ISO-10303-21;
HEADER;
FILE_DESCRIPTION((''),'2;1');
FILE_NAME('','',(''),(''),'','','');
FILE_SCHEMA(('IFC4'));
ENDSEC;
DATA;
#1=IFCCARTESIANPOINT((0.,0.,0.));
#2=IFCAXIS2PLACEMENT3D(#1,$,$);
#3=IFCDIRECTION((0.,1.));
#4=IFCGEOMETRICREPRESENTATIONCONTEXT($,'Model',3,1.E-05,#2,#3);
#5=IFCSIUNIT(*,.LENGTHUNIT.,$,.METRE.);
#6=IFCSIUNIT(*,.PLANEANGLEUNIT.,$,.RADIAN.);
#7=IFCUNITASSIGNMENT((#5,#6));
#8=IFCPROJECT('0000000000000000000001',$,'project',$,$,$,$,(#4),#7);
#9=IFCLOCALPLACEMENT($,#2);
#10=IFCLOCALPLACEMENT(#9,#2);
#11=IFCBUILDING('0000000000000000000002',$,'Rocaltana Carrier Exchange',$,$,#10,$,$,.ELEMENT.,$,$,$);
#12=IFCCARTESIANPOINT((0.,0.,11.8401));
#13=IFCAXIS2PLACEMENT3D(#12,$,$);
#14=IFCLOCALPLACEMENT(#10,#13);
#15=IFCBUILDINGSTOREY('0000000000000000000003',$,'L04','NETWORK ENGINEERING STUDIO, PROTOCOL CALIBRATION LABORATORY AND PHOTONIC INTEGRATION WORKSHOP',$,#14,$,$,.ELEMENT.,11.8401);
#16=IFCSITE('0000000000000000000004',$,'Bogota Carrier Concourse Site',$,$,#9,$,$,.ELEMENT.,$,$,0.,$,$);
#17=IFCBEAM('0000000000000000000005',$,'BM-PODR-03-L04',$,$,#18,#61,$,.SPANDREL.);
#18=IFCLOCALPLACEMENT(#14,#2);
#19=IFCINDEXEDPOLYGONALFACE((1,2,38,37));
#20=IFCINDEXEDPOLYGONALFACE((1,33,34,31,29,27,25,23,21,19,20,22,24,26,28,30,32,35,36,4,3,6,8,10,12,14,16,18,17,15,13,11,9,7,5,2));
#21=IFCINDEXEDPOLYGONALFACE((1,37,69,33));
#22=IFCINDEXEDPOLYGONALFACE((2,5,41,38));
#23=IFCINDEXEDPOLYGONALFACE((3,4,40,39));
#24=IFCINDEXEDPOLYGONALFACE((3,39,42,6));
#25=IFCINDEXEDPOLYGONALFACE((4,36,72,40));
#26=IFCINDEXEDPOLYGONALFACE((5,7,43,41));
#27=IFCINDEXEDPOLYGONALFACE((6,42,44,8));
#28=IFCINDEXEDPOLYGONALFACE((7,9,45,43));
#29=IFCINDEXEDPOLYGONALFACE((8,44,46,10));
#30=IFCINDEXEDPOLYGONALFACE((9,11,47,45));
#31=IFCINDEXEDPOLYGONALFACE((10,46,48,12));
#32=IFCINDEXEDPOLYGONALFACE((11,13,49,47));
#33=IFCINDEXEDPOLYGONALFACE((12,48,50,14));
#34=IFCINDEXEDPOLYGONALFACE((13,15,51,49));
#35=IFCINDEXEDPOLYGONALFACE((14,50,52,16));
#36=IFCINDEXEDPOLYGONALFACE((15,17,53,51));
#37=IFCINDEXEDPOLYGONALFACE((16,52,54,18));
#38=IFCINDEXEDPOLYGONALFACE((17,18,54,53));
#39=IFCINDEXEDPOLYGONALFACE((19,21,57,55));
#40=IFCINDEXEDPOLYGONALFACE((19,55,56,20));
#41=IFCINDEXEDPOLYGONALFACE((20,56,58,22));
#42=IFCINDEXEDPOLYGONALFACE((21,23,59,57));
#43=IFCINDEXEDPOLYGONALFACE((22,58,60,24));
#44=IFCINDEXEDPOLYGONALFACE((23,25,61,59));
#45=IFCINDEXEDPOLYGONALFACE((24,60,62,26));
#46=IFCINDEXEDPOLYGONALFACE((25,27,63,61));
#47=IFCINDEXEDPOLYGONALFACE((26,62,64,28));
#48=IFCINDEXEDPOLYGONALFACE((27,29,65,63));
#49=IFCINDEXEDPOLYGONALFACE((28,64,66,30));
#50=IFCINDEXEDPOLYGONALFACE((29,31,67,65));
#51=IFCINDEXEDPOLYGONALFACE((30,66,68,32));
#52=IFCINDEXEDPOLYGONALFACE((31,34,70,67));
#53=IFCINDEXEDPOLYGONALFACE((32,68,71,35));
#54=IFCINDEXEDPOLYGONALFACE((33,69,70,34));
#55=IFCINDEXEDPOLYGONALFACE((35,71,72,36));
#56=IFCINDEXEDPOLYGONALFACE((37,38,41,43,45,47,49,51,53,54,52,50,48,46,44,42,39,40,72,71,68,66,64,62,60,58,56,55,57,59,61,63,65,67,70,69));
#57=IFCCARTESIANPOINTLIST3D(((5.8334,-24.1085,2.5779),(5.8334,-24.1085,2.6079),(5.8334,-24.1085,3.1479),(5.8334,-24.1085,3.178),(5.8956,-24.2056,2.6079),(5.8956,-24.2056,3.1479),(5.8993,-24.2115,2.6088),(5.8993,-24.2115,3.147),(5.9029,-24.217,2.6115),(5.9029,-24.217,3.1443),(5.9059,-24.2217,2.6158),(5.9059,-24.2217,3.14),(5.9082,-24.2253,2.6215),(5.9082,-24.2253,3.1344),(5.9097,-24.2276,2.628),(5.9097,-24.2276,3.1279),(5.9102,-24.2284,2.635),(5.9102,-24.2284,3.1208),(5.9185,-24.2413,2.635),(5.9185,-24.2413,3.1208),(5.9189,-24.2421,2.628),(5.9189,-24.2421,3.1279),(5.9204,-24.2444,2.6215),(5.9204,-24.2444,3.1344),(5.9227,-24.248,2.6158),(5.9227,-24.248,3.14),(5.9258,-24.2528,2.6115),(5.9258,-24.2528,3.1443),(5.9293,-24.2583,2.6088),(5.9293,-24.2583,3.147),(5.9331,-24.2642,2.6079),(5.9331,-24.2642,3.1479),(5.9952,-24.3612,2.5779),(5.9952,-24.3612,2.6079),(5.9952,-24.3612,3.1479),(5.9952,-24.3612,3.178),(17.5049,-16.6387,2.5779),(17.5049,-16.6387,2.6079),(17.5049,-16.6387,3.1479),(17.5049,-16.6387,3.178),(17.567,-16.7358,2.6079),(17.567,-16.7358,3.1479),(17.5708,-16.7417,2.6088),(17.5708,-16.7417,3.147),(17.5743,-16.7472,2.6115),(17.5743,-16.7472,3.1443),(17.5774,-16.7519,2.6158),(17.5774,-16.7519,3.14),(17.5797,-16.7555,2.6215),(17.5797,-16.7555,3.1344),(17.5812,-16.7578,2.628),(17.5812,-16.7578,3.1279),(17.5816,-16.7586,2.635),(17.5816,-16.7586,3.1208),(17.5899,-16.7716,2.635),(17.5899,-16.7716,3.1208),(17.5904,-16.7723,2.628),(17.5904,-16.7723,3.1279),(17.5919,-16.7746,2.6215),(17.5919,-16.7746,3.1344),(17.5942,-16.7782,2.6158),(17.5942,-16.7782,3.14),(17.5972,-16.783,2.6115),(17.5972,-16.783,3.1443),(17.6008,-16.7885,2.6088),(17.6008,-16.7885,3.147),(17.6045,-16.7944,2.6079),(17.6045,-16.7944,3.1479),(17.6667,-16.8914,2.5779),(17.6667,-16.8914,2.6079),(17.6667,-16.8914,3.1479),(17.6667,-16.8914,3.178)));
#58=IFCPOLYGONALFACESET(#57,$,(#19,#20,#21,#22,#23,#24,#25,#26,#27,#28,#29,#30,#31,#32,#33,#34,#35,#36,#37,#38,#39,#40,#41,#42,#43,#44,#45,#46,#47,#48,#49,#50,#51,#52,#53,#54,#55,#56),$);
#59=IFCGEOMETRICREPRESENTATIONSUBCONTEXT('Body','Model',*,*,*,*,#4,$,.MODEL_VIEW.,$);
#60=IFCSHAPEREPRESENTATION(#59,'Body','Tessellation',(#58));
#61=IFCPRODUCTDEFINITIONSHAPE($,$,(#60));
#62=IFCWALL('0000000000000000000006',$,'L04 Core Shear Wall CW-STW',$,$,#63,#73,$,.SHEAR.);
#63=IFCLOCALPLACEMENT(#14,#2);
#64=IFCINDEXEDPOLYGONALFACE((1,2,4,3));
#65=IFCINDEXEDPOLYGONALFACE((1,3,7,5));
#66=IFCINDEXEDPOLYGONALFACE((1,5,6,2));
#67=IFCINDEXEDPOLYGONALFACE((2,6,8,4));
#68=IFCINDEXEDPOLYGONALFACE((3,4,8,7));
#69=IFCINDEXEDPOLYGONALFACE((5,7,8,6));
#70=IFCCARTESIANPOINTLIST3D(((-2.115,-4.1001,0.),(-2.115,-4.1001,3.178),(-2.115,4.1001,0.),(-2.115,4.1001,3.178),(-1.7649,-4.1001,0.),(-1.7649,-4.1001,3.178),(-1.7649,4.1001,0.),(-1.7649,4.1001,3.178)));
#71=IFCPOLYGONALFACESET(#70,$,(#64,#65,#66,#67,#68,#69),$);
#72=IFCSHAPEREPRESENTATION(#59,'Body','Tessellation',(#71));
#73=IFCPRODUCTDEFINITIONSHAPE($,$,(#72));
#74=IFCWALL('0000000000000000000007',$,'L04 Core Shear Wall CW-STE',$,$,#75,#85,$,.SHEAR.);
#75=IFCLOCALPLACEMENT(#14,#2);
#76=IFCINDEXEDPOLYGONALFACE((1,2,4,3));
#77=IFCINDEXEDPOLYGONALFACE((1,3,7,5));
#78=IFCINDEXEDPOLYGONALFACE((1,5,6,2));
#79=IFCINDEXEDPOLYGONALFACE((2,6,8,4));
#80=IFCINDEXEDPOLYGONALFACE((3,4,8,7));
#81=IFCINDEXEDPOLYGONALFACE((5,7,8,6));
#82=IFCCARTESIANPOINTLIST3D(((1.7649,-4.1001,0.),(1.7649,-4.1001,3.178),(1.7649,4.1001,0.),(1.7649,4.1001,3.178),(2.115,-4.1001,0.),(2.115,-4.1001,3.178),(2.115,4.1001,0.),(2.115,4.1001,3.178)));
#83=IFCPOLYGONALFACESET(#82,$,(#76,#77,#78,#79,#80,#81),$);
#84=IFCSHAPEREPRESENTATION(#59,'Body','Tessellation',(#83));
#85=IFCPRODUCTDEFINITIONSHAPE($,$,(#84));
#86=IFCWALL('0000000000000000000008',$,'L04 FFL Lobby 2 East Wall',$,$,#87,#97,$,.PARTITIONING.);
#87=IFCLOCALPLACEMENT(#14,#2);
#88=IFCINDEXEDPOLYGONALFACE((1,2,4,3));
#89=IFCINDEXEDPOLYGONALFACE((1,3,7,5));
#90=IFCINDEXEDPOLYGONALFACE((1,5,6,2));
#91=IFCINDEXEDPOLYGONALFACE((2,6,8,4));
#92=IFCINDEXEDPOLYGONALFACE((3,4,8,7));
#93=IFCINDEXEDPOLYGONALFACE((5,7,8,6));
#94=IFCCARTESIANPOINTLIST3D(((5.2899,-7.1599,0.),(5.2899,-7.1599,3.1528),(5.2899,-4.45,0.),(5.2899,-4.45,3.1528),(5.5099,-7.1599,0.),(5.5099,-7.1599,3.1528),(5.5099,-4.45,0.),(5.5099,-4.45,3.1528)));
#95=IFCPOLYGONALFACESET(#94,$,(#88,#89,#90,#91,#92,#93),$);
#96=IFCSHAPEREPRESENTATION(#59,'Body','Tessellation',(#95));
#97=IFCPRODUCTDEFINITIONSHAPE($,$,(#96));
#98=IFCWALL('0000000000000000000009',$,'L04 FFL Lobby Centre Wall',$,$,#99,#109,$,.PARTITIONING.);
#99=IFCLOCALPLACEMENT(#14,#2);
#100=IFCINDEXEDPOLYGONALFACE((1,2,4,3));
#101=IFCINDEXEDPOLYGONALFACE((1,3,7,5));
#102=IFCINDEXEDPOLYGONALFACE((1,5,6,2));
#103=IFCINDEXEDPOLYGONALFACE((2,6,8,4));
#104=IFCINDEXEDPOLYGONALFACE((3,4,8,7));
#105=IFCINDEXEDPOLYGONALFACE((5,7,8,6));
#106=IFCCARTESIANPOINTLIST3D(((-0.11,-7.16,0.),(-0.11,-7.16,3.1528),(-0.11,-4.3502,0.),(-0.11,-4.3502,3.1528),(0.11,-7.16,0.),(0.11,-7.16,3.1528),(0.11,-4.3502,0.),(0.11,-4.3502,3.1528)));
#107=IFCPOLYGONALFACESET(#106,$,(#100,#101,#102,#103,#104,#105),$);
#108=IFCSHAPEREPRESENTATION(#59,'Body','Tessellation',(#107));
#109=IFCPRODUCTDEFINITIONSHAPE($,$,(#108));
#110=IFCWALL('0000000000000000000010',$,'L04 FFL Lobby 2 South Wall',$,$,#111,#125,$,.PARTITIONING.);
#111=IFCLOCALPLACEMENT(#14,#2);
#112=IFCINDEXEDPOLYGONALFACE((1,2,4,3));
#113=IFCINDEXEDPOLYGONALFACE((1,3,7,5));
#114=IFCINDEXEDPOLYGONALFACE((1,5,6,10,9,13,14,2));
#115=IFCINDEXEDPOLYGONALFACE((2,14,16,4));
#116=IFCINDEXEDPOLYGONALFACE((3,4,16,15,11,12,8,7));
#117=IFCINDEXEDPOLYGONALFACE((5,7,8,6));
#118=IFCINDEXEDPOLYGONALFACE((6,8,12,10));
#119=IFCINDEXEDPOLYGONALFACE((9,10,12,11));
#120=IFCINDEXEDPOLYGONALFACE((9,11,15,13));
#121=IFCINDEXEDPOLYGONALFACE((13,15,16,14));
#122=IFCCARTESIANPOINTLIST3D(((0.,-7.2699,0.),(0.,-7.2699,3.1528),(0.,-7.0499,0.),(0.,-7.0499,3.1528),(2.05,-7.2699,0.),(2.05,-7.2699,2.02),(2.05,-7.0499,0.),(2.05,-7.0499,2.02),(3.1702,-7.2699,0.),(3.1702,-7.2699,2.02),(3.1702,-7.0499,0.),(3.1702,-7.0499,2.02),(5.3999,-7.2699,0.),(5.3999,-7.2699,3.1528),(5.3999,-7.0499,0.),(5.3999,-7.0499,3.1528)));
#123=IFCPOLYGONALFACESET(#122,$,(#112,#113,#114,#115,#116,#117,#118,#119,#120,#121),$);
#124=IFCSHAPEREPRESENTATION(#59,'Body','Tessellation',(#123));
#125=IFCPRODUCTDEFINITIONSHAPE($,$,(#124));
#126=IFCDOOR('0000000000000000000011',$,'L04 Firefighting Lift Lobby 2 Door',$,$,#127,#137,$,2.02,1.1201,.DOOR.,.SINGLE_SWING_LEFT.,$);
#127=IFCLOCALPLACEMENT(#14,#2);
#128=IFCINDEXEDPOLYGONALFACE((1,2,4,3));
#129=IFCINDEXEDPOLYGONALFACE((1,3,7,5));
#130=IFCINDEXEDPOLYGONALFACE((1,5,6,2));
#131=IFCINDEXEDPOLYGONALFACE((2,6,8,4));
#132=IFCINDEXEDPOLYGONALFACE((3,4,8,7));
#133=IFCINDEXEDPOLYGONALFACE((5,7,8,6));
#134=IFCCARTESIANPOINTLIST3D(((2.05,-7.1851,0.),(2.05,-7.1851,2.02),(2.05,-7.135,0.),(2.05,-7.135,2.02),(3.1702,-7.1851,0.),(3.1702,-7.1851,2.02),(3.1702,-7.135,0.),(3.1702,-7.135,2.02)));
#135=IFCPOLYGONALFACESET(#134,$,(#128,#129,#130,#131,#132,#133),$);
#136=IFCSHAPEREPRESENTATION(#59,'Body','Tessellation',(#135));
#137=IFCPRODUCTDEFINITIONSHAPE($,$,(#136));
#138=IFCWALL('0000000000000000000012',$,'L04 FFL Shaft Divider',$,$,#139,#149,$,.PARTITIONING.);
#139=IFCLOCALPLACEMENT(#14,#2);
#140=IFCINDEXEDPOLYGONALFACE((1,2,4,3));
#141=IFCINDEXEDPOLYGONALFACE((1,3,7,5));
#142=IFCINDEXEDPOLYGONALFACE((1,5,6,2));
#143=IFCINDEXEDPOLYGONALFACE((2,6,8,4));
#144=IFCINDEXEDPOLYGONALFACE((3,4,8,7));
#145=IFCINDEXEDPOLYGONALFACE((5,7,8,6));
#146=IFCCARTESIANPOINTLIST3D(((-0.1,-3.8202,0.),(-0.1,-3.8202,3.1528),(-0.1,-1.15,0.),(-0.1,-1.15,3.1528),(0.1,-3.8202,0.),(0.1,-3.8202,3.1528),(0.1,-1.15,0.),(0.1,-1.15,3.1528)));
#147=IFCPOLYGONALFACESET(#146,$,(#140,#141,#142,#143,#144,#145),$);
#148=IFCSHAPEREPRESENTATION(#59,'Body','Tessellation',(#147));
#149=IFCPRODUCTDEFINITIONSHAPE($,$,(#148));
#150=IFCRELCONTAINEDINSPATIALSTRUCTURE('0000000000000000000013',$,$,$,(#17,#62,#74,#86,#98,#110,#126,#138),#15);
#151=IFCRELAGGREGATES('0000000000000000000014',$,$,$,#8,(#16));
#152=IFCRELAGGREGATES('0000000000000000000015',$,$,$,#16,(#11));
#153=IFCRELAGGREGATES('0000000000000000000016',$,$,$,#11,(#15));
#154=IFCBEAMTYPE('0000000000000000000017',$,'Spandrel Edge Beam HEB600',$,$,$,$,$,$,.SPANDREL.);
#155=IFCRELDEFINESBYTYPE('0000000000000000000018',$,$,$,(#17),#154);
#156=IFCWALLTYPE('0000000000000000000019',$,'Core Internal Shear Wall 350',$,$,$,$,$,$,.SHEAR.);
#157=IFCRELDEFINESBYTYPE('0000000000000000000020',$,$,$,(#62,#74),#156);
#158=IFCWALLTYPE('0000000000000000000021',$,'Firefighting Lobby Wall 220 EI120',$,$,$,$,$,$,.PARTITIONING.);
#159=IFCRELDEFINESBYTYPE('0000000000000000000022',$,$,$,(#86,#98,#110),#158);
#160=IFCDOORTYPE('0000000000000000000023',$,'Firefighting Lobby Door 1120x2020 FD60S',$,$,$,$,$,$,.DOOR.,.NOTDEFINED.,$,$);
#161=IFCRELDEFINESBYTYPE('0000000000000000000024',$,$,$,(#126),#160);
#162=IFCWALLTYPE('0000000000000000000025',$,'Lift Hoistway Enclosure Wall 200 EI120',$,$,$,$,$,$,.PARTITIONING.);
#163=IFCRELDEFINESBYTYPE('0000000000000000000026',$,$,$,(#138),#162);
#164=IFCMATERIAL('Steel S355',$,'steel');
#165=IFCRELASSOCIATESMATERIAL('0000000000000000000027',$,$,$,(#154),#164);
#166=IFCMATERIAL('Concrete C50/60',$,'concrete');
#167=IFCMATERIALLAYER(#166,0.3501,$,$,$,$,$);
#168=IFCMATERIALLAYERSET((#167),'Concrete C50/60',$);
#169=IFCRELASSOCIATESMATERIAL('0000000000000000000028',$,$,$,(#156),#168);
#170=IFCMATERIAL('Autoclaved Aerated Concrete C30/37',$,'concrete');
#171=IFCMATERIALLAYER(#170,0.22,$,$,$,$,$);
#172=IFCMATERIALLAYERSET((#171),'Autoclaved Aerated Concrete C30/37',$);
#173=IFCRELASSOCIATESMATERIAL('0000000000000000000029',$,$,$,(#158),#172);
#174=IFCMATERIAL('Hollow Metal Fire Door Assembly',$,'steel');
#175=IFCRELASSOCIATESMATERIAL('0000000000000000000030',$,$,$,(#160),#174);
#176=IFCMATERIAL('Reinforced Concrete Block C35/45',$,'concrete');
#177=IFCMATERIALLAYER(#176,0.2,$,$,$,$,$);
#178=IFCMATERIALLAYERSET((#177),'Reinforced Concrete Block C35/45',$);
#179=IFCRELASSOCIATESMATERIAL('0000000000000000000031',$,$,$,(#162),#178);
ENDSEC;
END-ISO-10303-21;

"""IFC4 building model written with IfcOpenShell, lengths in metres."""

from ifc_helpers import new_model, si_unit, direction, frame, frame_2d, origin, origin_2d, place, context, subcontext, project, spatial, rectangle, i_section, extrude, material, layer, layer_set, material_profile, profile_set, type_object, element, fill, save


model = new_model("IFC4")

# Units and contexts
model_context = context("Model", 3, precision=1e-05, world=origin(), true_north=direction((0.0, 1.0)))
body_context = subcontext(model_context, "Body", "Model", "MODEL_VIEW")
ifc_project = project(units=[si_unit("LENGTHUNIT", "METRE"), si_unit("PLANEANGLEUNIT", "RADIAN")], contexts=[model_context])

# Site, building, storey
site_placement = place(None, origin())
site = spatial("IfcSite", under=ifc_project, at=site_placement, Name="Bogota Carrier Concourse Site", CompositionType="ELEMENT", RefElevation=0.0)
building_placement = place(site_placement, origin())
building = spatial("IfcBuilding", under=site, at=building_placement, Name="Rocaltana Carrier Exchange", CompositionType="ELEMENT")
storey_placement = place(building_placement, frame((0.0, 0.0, 11.8401)))
storey = spatial("IfcBuildingStorey", under=building, at=storey_placement, Name="L04", Description="NETWORK ENGINEERING STUDIO, PROTOCOL CALIBRATION LABORATORY AND PHOTONIC INTEGRATION WORKSHOP", CompositionType="ELEMENT", Elevation=11.8401)

# Beam
ifc_material_1 = material(Name="Steel S355", Category="steel")
ifc_material_profile_1 = material_profile(ifc_material_1, i_section(OverallWidth=0.3, OverallDepth=0.6001, WebThickness=0.0154, FlangeThickness=0.03, FilletRadius=0.0271, at=origin_2d()), Name="HEB600")
ifc_profile_set_1 = profile_set([ifc_material_profile_1], Name="Steel S355")
beam_type_1 = type_object("IfcBeamType", Name="Spandrel Edge Beam HEB600", PredefinedType="SPANDREL", material=ifc_profile_set_1)
beam_1_placement = place(storey_placement, frame((5.9143, -24.2349, 2.8779), z_axis=(0.84227, 0.539056, 0.0), x_axis=(-0.539056, 0.84227, 0.0)))
element("IfcBeam", 1, at=beam_1_placement, inside=storey, type_object=beam_type_1, Name="BM-PODR-03-L04", PredefinedType="SPANDREL", context=body_context, shape_type="SweptSolid", body=[
    extrude(i_section(OverallWidth=0.3, OverallDepth=0.6001, WebThickness=0.0154, FlangeThickness=0.03, FilletRadius=0.0271, at=origin_2d()), origin(), (0.0, 0.0, 1.0), 13.8572),
])

# Walls
ifc_material_2 = material(Name="Concrete C50/60", Category="concrete")
ifc_layer_1 = layer(ifc_material_2, 0.3501)
ifc_layer_set_1 = layer_set([ifc_layer_1], Name="Concrete C50/60")
wall_type_1 = type_object("IfcWallType", Name="Core Internal Shear Wall 350", PredefinedType="SHEAR", material=ifc_layer_set_1)
for number, where, z_axis, x_axis, name in (
    (2, (-1.9399, -4.1001, 0.0), (0.0, 0.0, 1.0), (0.0, 1.0, 0.0), "L04 Core Shear Wall CW-STW"),
    (3, (1.9399, -4.1001, 0.0), (0.0, 0.0, 1.0), (0.0, 1.0, 0.0), "L04 Core Shear Wall CW-STE"),
):
    element("IfcWall", number, at=place(storey_placement, frame(where, z_axis=z_axis, x_axis=x_axis)), inside=storey, type_object=wall_type_1, Name=name, PredefinedType="SHEAR", context=body_context, shape_type="SweptSolid", body=[
        extrude(rectangle(XDim=8.2002, YDim=0.3501, at=frame_2d((4.1001, 0.0))), origin(), (0.0, 0.0, 1.0), 3.178),
    ])
ifc_material_3 = material(Name="Autoclaved Aerated Concrete C30/37", Category="concrete")
ifc_layer_2 = layer(ifc_material_3, 0.22)
ifc_layer_set_2 = layer_set([ifc_layer_2], Name="Autoclaved Aerated Concrete C30/37")
wall_type_2 = type_object("IfcWallType", Name="Firefighting Lobby Wall 220 EI120", PredefinedType="PARTITIONING", material=ifc_layer_set_2)
wall_1_placement = place(storey_placement, frame((5.3999, -7.1599, 0.0), z_axis=(0.0, 0.0, 1.0), x_axis=(0.0, 1.0, 0.0)))
element("IfcWall", 4, at=wall_1_placement, inside=storey, type_object=wall_type_2, Name="L04 FFL Lobby 2 East Wall", PredefinedType="PARTITIONING", context=body_context, shape_type="SweptSolid", body=[
    extrude(rectangle(XDim=2.71, YDim=0.22, at=frame_2d((1.355, 0.0))), origin(), (0.0, 0.0, 1.0), 3.1528),
])
wall_2_placement = place(storey_placement, frame((0.0, -7.1599, 0.0), z_axis=(0.0, 0.0, 1.0), x_axis=(0.0, 1.0, 0.0)))
element("IfcWall", 5, at=wall_2_placement, inside=storey, type_object=wall_type_2, Name="L04 FFL Lobby Centre Wall", PredefinedType="PARTITIONING", context=body_context, shape_type="SweptSolid", body=[
    extrude(rectangle(XDim=2.8098, YDim=0.22, at=frame_2d((1.4048, 0.0))), origin(), (0.0, 0.0, 1.0), 3.1528),
])

# Wall, opening, door
wall_3_placement = place(storey_placement, frame((0.0, -7.1599, 0.0), z_axis=(0.0, 0.0, 1.0), x_axis=(1.0, 0.0, 0.0)))
wall_3 = element("IfcWall", 6, at=wall_3_placement, inside=storey, type_object=wall_type_2, Name="L04 FFL Lobby 2 South Wall", PredefinedType="PARTITIONING", context=body_context, shape_type="SweptSolid", body=[
    extrude(rectangle(XDim=5.3999, YDim=0.22, at=frame_2d((2.7, 0.0))), origin(), (0.0, 0.0, 1.0), 3.1528),
])
opening_1_placement = place(wall_3_placement, frame((2.05, 0.0, 0.0)))
opening_1 = element("IfcOpeningElement", 7, at=opening_1_placement, cuts=wall_3, PredefinedType="OPENING", context=body_context, shape_type="SweptSolid", body=[
    extrude(rectangle(XDim=1.1201, YDim=2.02, at=frame_2d((0.5601, 1.01))), frame((0.0, 0.1199, 0.0), z_axis=(0.0, -1.0, 0.0), x_axis=(1.0, 0.0, 0.0)), (0.0, 0.0, 1.0), 0.24),
])
ifc_material_4 = material(Name="Hollow Metal Fire Door Assembly", Category="steel")
door_type = type_object("IfcDoorType", Name="Firefighting Lobby Door 1120x2020 FD60S", OperationType="NOTDEFINED", PredefinedType="DOOR", material=ifc_material_4)
door_placement = place(opening_1_placement, origin())
door = element("IfcDoor", 8, at=door_placement, inside=storey, type_object=door_type, Name="L04 Firefighting Lift Lobby 2 Door", OperationType="SINGLE_SWING_LEFT", OverallHeight=2.02, OverallWidth=1.1201, PredefinedType="DOOR", context=body_context, shape_type="SweptSolid", body=[
    extrude(rectangle(XDim=1.1201, YDim=2.02, at=frame_2d((0.5601, 1.01))), frame((0.0, 0.0249, 0.0), z_axis=(0.0, -1.0, 0.0), x_axis=(1.0, 0.0, 0.0)), (0.0, 0.0, 1.0), 0.05),
])
fill(opening_1, door)

# Wall
ifc_material_5 = material(Name="Reinforced Concrete Block C35/45", Category="concrete")
ifc_layer_3 = layer(ifc_material_5, 0.2)
ifc_layer_set_3 = layer_set([ifc_layer_3], Name="Reinforced Concrete Block C35/45")
wall_type_3 = type_object("IfcWallType", Name="Lift Hoistway Enclosure Wall 200 EI120", PredefinedType="PARTITIONING", material=ifc_layer_set_3)
wall_4_placement = place(storey_placement, frame((0.0, -3.8201, 0.0), z_axis=(0.0, 0.0, 1.0), x_axis=(0.0, 1.0, 0.0)))
element("IfcWall", 9, at=wall_4_placement, inside=storey, type_object=wall_type_3, Name="L04 FFL Shaft Divider", PredefinedType="PARTITIONING", context=body_context, shape_type="SweptSolid", body=[
    extrude(rectangle(XDim=2.6702, YDim=0.2, at=frame_2d((1.335, 0.0))), origin(), (0.0, 0.0, 1.0), 3.1528),
])

save(model, "model.ifc")
